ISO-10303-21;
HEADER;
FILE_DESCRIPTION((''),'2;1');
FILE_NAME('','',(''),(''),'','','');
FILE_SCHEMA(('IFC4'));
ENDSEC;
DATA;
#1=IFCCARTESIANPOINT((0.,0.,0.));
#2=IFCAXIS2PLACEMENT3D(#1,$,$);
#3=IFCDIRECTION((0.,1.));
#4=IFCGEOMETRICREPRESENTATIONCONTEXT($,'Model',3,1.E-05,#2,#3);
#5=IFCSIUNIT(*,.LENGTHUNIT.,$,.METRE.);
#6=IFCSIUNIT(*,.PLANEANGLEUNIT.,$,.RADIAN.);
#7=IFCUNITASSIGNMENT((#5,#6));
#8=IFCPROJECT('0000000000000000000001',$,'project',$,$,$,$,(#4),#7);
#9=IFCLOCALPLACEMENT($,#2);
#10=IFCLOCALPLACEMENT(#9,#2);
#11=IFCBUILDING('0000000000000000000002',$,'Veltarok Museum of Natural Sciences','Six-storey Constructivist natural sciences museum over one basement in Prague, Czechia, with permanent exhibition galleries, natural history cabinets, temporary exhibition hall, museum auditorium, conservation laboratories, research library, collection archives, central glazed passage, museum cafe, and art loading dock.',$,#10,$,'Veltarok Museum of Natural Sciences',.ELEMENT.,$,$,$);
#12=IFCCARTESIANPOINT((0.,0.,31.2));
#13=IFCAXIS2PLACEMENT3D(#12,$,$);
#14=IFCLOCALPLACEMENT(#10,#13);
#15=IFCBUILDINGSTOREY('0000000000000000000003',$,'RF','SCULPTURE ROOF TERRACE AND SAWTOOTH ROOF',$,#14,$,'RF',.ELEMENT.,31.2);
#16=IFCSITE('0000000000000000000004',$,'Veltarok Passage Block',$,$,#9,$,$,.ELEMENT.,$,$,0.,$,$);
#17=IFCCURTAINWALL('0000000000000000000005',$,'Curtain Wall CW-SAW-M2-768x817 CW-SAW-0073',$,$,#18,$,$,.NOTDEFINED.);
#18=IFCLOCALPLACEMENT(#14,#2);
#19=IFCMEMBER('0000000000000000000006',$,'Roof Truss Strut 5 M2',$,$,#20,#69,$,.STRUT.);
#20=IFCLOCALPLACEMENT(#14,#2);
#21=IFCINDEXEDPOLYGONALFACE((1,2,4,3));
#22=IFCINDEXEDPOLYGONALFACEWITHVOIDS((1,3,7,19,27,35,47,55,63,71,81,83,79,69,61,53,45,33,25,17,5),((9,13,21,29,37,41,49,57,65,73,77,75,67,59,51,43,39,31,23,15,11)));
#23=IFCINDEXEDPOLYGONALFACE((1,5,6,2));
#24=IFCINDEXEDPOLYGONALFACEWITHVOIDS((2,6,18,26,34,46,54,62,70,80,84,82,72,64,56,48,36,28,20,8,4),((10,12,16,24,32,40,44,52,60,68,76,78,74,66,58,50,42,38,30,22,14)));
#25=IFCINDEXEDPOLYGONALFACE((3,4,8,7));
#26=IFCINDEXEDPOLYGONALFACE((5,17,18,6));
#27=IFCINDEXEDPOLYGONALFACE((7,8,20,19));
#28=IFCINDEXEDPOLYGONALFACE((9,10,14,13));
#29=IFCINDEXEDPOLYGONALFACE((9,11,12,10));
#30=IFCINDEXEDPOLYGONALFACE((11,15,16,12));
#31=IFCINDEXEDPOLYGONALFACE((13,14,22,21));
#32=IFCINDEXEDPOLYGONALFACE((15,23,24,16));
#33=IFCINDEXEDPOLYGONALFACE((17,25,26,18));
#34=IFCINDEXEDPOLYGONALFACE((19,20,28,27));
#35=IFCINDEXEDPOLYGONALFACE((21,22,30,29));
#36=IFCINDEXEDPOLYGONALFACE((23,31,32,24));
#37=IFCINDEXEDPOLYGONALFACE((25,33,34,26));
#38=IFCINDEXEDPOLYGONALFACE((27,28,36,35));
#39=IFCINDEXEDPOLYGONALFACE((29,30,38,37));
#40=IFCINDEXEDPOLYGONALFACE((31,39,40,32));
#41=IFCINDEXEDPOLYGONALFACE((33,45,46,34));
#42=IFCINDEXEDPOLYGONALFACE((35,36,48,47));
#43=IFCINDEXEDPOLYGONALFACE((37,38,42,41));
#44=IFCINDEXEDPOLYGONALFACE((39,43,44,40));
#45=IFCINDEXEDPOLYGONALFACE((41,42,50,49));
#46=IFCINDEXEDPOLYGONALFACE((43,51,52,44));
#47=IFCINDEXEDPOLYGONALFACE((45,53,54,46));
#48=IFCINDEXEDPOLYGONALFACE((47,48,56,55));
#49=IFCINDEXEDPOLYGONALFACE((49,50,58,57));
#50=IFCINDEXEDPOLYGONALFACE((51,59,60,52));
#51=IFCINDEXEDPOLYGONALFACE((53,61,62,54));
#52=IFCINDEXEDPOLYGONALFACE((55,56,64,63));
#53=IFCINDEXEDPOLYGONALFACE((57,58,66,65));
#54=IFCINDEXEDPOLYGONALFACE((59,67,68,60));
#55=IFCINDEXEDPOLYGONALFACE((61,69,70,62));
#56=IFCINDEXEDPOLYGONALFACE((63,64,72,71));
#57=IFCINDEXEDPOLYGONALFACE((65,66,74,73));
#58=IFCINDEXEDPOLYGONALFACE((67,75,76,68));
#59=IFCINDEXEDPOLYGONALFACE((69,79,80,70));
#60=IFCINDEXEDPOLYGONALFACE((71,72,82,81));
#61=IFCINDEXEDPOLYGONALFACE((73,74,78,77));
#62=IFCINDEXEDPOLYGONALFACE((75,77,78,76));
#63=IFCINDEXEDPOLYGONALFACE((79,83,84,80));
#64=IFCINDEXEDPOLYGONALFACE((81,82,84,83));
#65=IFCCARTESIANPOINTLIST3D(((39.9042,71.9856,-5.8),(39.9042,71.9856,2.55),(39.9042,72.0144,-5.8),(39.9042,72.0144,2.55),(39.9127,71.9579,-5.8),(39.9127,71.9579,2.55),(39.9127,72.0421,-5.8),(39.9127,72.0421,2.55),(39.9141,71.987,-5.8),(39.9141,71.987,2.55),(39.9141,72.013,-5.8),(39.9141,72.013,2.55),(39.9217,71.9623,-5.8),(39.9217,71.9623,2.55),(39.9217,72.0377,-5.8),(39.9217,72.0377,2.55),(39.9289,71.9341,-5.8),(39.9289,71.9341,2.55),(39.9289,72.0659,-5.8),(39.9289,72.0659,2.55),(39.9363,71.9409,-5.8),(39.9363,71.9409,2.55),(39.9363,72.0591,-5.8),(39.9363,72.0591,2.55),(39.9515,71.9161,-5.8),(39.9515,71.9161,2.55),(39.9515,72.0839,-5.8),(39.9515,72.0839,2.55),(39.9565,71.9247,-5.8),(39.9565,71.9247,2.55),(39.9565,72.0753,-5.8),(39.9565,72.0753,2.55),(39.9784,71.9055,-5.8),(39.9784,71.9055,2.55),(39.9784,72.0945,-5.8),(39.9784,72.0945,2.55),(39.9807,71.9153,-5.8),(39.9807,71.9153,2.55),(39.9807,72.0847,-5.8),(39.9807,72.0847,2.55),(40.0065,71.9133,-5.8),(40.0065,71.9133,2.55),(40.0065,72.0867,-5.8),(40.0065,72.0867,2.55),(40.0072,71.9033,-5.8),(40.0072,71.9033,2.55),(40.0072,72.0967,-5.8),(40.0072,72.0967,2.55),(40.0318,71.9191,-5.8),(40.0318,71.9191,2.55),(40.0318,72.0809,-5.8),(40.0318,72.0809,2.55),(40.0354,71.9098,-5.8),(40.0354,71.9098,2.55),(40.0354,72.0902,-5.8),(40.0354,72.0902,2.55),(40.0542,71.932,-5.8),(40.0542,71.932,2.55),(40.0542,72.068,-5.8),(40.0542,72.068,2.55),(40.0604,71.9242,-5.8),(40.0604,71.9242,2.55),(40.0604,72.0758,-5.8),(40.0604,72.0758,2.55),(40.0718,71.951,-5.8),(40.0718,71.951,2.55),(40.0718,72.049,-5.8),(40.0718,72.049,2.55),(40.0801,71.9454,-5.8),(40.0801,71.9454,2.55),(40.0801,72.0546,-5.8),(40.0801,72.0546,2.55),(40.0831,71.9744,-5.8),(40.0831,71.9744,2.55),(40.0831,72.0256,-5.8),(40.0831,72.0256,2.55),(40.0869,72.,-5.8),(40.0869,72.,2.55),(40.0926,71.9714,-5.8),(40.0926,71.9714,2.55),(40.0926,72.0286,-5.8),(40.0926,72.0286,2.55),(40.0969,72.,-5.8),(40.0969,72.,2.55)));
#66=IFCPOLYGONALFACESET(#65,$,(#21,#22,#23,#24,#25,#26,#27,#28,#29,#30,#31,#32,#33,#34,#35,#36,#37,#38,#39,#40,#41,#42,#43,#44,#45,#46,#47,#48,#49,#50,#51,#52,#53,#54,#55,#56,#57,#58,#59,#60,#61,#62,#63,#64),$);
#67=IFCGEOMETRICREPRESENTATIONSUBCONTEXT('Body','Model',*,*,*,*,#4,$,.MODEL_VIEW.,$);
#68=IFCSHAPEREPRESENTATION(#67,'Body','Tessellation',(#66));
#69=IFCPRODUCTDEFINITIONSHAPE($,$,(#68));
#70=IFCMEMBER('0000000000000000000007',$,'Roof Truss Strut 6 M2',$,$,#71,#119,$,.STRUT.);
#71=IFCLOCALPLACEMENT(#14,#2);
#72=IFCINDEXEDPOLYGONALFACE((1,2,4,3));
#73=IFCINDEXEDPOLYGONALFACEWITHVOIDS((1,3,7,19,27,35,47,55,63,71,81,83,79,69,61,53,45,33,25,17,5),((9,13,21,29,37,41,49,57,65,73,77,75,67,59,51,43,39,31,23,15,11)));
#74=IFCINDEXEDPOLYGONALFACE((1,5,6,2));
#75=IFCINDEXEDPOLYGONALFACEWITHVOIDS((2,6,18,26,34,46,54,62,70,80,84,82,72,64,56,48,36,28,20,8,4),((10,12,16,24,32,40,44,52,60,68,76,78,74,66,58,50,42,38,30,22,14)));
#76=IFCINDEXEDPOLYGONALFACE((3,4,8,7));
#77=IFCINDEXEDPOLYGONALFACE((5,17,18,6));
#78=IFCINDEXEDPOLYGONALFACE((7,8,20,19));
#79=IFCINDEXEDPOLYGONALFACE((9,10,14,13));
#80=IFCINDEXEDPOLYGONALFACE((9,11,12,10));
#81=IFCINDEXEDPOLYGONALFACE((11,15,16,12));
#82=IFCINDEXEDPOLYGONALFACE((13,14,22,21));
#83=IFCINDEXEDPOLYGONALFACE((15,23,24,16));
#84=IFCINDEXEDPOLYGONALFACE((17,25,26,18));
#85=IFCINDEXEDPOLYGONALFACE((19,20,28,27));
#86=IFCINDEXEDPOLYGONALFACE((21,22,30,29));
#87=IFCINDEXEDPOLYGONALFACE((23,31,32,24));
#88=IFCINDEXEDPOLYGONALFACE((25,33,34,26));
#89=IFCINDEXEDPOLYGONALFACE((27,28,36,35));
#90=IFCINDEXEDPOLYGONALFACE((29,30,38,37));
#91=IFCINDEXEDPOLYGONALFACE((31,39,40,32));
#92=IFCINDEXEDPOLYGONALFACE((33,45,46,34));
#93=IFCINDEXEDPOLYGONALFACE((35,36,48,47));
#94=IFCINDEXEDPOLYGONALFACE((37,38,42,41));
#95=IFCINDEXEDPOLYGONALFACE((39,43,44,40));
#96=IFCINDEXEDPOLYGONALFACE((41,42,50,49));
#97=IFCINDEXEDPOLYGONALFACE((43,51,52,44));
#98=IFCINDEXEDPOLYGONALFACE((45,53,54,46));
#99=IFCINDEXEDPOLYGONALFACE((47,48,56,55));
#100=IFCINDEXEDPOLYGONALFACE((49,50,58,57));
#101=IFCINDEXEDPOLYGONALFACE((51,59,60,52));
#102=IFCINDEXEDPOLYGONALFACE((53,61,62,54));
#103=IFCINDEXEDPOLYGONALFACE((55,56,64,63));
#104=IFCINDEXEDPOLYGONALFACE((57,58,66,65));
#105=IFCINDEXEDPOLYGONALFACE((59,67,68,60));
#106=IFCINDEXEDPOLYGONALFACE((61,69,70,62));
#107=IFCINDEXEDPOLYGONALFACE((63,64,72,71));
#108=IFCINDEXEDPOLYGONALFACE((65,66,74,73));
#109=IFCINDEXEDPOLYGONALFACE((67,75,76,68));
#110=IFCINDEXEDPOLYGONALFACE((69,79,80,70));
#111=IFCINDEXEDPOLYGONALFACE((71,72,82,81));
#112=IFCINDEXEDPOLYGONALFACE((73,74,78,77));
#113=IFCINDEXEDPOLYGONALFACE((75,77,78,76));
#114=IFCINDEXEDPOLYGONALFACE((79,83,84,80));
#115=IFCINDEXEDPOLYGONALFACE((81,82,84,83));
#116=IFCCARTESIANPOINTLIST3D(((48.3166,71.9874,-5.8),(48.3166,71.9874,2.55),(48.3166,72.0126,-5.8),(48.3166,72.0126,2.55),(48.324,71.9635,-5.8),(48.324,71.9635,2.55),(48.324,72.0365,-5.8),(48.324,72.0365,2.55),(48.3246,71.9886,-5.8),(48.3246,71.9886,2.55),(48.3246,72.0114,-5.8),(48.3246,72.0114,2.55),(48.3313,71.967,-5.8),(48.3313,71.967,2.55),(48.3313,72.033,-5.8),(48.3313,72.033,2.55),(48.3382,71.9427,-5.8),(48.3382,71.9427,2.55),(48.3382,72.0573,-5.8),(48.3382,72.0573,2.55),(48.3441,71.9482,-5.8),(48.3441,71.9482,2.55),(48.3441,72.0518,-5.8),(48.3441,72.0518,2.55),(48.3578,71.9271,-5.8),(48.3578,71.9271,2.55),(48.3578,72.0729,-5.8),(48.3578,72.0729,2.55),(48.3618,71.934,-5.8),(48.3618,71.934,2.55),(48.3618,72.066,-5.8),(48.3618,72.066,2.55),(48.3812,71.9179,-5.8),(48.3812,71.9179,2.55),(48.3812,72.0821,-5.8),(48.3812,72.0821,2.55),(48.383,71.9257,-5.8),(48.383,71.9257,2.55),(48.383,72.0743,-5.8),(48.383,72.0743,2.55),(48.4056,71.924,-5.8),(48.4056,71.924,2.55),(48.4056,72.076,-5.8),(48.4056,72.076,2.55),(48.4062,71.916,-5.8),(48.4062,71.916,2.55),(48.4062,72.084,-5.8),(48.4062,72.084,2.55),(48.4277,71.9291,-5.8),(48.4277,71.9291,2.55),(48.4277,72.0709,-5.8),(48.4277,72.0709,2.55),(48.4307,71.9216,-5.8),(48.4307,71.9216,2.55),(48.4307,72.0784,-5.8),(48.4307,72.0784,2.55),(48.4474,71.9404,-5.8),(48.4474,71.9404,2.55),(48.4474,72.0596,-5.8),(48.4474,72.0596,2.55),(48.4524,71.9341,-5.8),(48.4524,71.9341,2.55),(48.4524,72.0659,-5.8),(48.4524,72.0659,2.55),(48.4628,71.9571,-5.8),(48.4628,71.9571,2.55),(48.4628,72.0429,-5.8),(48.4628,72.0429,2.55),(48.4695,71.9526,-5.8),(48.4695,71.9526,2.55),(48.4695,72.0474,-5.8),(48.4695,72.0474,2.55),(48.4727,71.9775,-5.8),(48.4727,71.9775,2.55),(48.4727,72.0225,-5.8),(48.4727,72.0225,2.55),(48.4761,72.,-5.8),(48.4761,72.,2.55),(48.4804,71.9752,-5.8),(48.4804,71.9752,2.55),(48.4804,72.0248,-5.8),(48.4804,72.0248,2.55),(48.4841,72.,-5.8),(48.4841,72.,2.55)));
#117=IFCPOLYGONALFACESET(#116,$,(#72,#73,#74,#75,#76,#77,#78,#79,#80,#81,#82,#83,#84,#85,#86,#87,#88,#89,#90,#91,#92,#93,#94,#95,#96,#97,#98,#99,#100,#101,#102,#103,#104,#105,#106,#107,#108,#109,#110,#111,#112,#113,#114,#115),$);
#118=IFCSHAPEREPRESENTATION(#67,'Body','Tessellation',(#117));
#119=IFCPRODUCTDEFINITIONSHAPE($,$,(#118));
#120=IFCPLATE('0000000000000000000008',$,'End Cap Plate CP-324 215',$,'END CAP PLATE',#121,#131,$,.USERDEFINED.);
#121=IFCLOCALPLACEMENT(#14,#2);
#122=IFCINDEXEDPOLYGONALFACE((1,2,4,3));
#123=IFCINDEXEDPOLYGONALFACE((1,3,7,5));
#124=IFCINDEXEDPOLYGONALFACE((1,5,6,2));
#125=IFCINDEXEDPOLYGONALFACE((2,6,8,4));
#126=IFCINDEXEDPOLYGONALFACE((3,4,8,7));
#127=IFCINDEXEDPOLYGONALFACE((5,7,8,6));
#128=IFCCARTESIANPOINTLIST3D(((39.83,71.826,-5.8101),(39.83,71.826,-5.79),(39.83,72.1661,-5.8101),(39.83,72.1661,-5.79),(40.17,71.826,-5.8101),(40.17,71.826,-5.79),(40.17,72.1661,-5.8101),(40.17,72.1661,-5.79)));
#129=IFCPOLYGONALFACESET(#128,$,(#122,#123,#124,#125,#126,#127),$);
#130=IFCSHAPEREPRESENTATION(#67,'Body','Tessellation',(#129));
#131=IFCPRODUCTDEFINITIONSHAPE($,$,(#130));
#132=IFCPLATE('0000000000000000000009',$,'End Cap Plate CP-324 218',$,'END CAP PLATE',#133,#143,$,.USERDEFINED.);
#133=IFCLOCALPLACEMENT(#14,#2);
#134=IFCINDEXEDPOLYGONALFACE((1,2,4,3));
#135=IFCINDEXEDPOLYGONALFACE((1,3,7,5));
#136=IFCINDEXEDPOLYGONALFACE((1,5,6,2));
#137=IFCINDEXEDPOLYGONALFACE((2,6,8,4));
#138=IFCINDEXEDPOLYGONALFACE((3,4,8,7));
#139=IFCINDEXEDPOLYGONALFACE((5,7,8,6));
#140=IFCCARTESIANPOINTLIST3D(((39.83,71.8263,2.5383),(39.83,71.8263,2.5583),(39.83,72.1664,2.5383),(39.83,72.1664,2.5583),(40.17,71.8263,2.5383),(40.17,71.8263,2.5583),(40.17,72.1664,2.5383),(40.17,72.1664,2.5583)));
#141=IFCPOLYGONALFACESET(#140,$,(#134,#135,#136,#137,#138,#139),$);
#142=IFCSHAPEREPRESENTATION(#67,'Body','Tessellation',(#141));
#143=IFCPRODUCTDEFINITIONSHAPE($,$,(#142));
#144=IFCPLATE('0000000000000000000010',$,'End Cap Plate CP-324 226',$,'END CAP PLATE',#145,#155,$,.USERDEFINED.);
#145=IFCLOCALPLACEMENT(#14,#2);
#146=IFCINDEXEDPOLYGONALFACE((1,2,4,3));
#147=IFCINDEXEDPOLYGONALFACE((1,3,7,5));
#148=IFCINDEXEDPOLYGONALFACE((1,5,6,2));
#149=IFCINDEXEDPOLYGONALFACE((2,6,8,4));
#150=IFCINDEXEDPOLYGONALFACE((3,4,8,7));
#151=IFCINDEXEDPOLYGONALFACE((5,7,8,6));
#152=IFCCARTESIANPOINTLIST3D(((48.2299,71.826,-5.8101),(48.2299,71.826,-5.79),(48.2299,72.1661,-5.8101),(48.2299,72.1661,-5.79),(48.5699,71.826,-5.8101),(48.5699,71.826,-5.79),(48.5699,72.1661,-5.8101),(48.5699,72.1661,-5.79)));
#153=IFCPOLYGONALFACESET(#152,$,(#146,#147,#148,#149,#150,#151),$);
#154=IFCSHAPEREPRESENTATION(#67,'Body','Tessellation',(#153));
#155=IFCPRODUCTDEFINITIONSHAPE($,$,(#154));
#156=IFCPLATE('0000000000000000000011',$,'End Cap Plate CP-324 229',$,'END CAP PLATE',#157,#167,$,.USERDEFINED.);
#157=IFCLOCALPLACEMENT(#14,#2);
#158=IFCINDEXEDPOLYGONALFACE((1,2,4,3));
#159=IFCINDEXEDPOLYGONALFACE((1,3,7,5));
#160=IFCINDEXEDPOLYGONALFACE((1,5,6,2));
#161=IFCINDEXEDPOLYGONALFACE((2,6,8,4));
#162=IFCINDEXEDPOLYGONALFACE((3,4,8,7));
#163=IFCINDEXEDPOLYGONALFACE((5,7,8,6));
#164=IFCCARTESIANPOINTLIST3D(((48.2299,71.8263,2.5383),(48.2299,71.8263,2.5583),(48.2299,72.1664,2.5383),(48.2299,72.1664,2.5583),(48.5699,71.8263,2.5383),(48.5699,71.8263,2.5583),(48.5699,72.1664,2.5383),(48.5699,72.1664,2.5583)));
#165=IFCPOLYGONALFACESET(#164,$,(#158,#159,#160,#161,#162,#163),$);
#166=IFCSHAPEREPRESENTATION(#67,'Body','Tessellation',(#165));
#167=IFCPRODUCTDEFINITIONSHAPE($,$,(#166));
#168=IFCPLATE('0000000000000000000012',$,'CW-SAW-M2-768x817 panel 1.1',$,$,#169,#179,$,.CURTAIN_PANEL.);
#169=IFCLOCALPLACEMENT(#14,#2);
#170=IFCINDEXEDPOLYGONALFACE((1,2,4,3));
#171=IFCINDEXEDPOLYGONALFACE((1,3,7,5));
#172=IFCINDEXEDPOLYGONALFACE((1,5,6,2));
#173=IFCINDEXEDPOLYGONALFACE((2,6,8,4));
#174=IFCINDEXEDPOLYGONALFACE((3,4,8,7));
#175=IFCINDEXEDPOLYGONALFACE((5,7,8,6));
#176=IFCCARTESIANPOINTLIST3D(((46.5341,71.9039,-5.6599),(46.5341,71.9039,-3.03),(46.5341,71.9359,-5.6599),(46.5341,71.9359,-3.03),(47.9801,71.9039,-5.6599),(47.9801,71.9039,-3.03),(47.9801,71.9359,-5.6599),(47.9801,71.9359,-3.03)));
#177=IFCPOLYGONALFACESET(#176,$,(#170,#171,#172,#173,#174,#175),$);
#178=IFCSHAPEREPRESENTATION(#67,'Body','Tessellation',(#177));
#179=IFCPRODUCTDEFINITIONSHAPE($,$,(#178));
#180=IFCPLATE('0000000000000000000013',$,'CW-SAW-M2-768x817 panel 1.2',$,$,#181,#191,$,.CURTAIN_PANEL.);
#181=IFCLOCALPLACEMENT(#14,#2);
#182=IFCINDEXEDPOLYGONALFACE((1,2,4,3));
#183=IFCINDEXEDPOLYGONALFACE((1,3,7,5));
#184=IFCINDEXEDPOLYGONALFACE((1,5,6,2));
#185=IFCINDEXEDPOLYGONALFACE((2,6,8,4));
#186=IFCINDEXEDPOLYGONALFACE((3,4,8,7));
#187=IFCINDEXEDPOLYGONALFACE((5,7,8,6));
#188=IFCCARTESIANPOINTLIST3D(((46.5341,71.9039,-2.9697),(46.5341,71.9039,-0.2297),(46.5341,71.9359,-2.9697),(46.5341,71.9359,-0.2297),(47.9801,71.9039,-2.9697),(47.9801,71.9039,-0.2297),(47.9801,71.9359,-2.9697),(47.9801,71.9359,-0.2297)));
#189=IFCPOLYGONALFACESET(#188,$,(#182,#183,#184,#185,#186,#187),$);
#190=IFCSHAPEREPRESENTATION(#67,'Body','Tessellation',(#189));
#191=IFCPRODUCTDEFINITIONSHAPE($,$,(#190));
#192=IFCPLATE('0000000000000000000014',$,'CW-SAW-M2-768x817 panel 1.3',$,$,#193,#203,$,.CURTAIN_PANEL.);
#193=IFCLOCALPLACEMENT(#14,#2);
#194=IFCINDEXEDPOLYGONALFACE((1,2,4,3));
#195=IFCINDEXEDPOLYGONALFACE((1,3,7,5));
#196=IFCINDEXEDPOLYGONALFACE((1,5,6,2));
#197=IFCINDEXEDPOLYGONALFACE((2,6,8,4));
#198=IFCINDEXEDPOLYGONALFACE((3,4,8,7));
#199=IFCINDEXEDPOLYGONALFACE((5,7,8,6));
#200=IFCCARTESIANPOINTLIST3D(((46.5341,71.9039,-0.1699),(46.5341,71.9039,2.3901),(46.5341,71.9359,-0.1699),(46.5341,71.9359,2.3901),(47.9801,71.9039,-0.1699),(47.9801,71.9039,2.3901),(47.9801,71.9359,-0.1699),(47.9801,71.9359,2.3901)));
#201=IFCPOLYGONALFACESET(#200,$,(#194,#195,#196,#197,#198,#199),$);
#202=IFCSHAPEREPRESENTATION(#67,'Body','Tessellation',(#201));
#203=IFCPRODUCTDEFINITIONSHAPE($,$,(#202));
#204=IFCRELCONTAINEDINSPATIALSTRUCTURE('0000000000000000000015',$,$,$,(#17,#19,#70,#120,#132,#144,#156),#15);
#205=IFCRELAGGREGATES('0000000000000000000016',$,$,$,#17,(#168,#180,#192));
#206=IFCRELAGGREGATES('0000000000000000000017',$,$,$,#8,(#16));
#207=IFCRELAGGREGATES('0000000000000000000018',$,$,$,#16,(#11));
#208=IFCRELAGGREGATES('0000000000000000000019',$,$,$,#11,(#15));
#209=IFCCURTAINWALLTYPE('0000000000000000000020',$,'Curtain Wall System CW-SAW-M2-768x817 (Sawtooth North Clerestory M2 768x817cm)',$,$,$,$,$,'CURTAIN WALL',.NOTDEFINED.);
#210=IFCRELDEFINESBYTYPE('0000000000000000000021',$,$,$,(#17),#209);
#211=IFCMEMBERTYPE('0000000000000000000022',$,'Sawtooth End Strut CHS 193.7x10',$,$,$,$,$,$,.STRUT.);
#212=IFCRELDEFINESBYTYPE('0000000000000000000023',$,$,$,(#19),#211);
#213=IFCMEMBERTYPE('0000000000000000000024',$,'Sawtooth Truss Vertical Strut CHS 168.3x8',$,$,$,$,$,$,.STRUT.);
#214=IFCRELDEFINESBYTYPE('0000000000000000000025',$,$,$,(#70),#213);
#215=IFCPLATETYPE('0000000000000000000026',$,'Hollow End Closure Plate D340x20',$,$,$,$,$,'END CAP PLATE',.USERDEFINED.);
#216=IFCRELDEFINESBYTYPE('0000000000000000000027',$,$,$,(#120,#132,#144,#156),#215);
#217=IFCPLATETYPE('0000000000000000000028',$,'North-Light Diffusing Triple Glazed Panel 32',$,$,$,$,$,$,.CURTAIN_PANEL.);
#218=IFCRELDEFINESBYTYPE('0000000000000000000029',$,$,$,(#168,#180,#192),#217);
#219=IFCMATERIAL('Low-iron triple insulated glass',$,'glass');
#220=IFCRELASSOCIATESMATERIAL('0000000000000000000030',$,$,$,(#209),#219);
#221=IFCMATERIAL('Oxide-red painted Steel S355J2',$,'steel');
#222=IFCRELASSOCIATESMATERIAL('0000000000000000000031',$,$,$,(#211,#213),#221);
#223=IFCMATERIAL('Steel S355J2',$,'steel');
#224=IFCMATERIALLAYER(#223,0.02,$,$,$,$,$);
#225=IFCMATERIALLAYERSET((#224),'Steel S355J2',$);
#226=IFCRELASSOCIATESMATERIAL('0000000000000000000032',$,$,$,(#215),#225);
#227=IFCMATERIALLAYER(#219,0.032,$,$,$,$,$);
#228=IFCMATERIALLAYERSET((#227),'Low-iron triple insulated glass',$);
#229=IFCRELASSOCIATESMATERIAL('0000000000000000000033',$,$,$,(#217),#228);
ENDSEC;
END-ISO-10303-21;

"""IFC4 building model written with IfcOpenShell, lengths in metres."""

from ifc_helpers import new_model, si_unit, direction, frame, origin, origin_2d, place, context, subcontext, project, spatial, rectangle, hollow_circle, extrude, material, layer, layer_set, material_profile, profile_set, type_object, element, aggregate, save


model = new_model("IFC4")

# Units and contexts
model_context = context("Model", 3, precision=1e-05, world=origin(), true_north=direction((0.0, 1.0)))
body_context = subcontext(model_context, "Body", "Model", "MODEL_VIEW")
ifc_project = project(units=[si_unit("LENGTHUNIT", "METRE"), si_unit("PLANEANGLEUNIT", "RADIAN")], contexts=[model_context])

# Site, building, storey
site_placement = place(None, origin())
site = spatial("IfcSite", under=ifc_project, at=site_placement, Name="Veltarok Passage Block", CompositionType="ELEMENT", RefElevation=0.0)
building_placement = place(site_placement, origin())
building = spatial("IfcBuilding", under=site, at=building_placement, Name="Veltarok Museum of Natural Sciences", Description="Six-storey Constructivist natural sciences museum over one basement in Prague, Czechia, with permanent exhibition galleries, natural history cabinets, temporary exhibition hall, museum auditorium, conservation laboratories, research library, collection archives, central glazed passage, museum cafe, and art loading dock.", LongName="Veltarok Museum of Natural Sciences", CompositionType="ELEMENT")
storey_placement = place(building_placement, frame((0.0, 0.0, 31.2)))
storey = spatial("IfcBuildingStorey", under=building, at=storey_placement, Name="RF", Description="SCULPTURE ROOF TERRACE AND SAWTOOTH ROOF", LongName="RF", CompositionType="ELEMENT", Elevation=31.2)

# Shared definitions
ifc_material_1 = material(Name="Steel S355J2", Category="steel")

# Curtain wall
ifc_material_2 = material(Name="Low-iron triple insulated glass", Category="glass")
curtain_wall_type = type_object("IfcCurtainWallType", Name="Curtain Wall System CW-SAW-M2-768x817 (Sawtooth North Clerestory M2 768x817cm)", ElementType="CURTAIN WALL", PredefinedType="NOTDEFINED", material=ifc_material_2)
curtain_wall_1_placement = place(storey_placement, origin())
curtain_wall_1 = element("IfcCurtainWall", 1, at=curtain_wall_1_placement, inside=storey, type_object=curtain_wall_type, Name="Curtain Wall CW-SAW-M2-768x817 CW-SAW-0073", PredefinedType="NOTDEFINED")

# Members
ifc_material_3 = material(Name="Oxide-red painted Steel S355J2", Category="steel")
ifc_material_profile_1 = material_profile(ifc_material_3, hollow_circle(Radius=0.0969, WallThickness=0.01, at=origin_2d()), Name="CHS 193.7x10")
ifc_profile_set_1 = profile_set([ifc_material_profile_1], Name="Oxide-red painted Steel S355J2")
member_type_1 = type_object("IfcMemberType", Name="Sawtooth End Strut CHS 193.7x10", PredefinedType="STRUT", material=ifc_profile_set_1)
member_1_placement = place(storey_placement, frame((40.0, 72.0, -5.8), z_axis=(0.0, 0.0, 1.0), x_axis=(1.0, 0.0, 0.0)))
element("IfcMember", 2, at=member_1_placement, inside=storey, type_object=member_type_1, Name="Roof Truss Strut 5 M2", PredefinedType="STRUT", context=body_context, shape_type="SweptSolid", body=[
    extrude(hollow_circle(Radius=0.0969, WallThickness=0.01, at=origin_2d()), origin(), (0.0, 0.0, 1.0), 8.3501),
])
ifc_material_profile_2 = material_profile(ifc_material_3, hollow_circle(Radius=0.0842, WallThickness=0.0081, at=origin_2d()), Name="CHS 168.3x8")
ifc_profile_set_2 = profile_set([ifc_material_profile_2], Name="Oxide-red painted Steel S355J2")
member_type_2 = type_object("IfcMemberType", Name="Sawtooth Truss Vertical Strut CHS 168.3x8", PredefinedType="STRUT", material=ifc_profile_set_2)
member_2_placement = place(storey_placement, frame((48.3999, 72.0, -5.8), z_axis=(0.0, 0.0, 1.0), x_axis=(1.0, 0.0, 0.0)))
element("IfcMember", 3, at=member_2_placement, inside=storey, type_object=member_type_2, Name="Roof Truss Strut 6 M2", PredefinedType="STRUT", context=body_context, shape_type="SweptSolid", body=[
    extrude(hollow_circle(Radius=0.0842, WallThickness=0.0081, at=origin_2d()), origin(), (0.0, 0.0, 1.0), 8.3501),
])

# Plates
ifc_layer_1 = layer(ifc_material_1, 0.02)
ifc_layer_set_1 = layer_set([ifc_layer_1], Name="Steel S355J2")
plate_type_1 = type_object("IfcPlateType", Name="Hollow End Closure Plate D340x20", ElementType="END CAP PLATE", PredefinedType="USERDEFINED", material=ifc_layer_set_1)
for number, where, z_axis, x_axis, name in (
    (4, (40.0, 71.9961, -5.8101), (0.0, 0.0, 1.0), (0.0, 1.0, 0.0), "End Cap Plate CP-324 215"),
    (5, (40.0, 71.9963, 2.5383), (0.0, 0.0, 1.0), (0.0, 1.0, 0.0), "End Cap Plate CP-324 218"),
    (6, (48.3999, 71.9961, -5.8101), (0.0, 0.0, 1.0), (0.0, 1.0, 0.0), "End Cap Plate CP-324 226"),
    (7, (48.3999, 71.9963, 2.5383), (0.0, 0.0, 1.0), (0.0, 1.0, 0.0), "End Cap Plate CP-324 229"),
):
    element("IfcPlate", number, at=place(storey_placement, frame(where, z_axis=z_axis, x_axis=x_axis)), inside=storey, type_object=plate_type_1, Name=name, ObjectType="END CAP PLATE", PredefinedType="USERDEFINED", context=body_context, shape_type="SweptSolid", body=[
        extrude(rectangle(XDim=0.3401, YDim=0.3401, at=origin_2d()), origin(), (0.0, 0.0, 1.0), 0.02),
    ])

# Plates
ifc_layer_2 = layer(ifc_material_2, 0.032)
ifc_layer_set_2 = layer_set([ifc_layer_2], Name="Low-iron triple insulated glass")
plate_type_2 = type_object("IfcPlateType", Name="North-Light Diffusing Triple Glazed Panel 32", PredefinedType="CURTAIN_PANEL", material=ifc_layer_set_2)
plate_1_placement = place(storey_placement, frame((47.2571, 71.9199, -5.6599), z_axis=(0.0, 0.0, 1.0), x_axis=(-1.0, 0.0, 0.0)))
plate_1 = element("IfcPlate", 8, at=plate_1_placement, type_object=plate_type_2, Name="CW-SAW-M2-768x817 panel 1.1", PredefinedType="CURTAIN_PANEL", context=body_context, shape_type="SweptSolid", body=[
    extrude(rectangle(XDim=1.446, YDim=0.032, at=origin_2d()), origin(), (0.0, 0.0, 1.0), 2.6299),
])
plate_2_placement = place(storey_placement, frame((47.2571, 71.9199, -2.9697), z_axis=(0.0, 0.0, 1.0), x_axis=(-1.0, 0.0, 0.0)))
plate_2 = element("IfcPlate", 9, at=plate_2_placement, type_object=plate_type_2, Name="CW-SAW-M2-768x817 panel 1.2", PredefinedType="CURTAIN_PANEL", context=body_context, shape_type="SweptSolid", body=[
    extrude(rectangle(XDim=1.446, YDim=0.032, at=origin_2d()), origin(), (0.0, 0.0, 1.0), 2.74),
])
plate_3_placement = place(storey_placement, frame((47.2571, 71.9199, -0.1699), z_axis=(0.0, 0.0, 1.0), x_axis=(-1.0, 0.0, 0.0)))
plate_3 = element("IfcPlate", 10, at=plate_3_placement, type_object=plate_type_2, Name="CW-SAW-M2-768x817 panel 1.3", PredefinedType="CURTAIN_PANEL", context=body_context, shape_type="SweptSolid", body=[
    extrude(rectangle(XDim=1.446, YDim=0.032, at=origin_2d()), origin(), (0.0, 0.0, 1.0), 2.5601),
])
aggregate(curtain_wall_1, [plate_1, plate_2, plate_3])

save(model, "model.ifc")
